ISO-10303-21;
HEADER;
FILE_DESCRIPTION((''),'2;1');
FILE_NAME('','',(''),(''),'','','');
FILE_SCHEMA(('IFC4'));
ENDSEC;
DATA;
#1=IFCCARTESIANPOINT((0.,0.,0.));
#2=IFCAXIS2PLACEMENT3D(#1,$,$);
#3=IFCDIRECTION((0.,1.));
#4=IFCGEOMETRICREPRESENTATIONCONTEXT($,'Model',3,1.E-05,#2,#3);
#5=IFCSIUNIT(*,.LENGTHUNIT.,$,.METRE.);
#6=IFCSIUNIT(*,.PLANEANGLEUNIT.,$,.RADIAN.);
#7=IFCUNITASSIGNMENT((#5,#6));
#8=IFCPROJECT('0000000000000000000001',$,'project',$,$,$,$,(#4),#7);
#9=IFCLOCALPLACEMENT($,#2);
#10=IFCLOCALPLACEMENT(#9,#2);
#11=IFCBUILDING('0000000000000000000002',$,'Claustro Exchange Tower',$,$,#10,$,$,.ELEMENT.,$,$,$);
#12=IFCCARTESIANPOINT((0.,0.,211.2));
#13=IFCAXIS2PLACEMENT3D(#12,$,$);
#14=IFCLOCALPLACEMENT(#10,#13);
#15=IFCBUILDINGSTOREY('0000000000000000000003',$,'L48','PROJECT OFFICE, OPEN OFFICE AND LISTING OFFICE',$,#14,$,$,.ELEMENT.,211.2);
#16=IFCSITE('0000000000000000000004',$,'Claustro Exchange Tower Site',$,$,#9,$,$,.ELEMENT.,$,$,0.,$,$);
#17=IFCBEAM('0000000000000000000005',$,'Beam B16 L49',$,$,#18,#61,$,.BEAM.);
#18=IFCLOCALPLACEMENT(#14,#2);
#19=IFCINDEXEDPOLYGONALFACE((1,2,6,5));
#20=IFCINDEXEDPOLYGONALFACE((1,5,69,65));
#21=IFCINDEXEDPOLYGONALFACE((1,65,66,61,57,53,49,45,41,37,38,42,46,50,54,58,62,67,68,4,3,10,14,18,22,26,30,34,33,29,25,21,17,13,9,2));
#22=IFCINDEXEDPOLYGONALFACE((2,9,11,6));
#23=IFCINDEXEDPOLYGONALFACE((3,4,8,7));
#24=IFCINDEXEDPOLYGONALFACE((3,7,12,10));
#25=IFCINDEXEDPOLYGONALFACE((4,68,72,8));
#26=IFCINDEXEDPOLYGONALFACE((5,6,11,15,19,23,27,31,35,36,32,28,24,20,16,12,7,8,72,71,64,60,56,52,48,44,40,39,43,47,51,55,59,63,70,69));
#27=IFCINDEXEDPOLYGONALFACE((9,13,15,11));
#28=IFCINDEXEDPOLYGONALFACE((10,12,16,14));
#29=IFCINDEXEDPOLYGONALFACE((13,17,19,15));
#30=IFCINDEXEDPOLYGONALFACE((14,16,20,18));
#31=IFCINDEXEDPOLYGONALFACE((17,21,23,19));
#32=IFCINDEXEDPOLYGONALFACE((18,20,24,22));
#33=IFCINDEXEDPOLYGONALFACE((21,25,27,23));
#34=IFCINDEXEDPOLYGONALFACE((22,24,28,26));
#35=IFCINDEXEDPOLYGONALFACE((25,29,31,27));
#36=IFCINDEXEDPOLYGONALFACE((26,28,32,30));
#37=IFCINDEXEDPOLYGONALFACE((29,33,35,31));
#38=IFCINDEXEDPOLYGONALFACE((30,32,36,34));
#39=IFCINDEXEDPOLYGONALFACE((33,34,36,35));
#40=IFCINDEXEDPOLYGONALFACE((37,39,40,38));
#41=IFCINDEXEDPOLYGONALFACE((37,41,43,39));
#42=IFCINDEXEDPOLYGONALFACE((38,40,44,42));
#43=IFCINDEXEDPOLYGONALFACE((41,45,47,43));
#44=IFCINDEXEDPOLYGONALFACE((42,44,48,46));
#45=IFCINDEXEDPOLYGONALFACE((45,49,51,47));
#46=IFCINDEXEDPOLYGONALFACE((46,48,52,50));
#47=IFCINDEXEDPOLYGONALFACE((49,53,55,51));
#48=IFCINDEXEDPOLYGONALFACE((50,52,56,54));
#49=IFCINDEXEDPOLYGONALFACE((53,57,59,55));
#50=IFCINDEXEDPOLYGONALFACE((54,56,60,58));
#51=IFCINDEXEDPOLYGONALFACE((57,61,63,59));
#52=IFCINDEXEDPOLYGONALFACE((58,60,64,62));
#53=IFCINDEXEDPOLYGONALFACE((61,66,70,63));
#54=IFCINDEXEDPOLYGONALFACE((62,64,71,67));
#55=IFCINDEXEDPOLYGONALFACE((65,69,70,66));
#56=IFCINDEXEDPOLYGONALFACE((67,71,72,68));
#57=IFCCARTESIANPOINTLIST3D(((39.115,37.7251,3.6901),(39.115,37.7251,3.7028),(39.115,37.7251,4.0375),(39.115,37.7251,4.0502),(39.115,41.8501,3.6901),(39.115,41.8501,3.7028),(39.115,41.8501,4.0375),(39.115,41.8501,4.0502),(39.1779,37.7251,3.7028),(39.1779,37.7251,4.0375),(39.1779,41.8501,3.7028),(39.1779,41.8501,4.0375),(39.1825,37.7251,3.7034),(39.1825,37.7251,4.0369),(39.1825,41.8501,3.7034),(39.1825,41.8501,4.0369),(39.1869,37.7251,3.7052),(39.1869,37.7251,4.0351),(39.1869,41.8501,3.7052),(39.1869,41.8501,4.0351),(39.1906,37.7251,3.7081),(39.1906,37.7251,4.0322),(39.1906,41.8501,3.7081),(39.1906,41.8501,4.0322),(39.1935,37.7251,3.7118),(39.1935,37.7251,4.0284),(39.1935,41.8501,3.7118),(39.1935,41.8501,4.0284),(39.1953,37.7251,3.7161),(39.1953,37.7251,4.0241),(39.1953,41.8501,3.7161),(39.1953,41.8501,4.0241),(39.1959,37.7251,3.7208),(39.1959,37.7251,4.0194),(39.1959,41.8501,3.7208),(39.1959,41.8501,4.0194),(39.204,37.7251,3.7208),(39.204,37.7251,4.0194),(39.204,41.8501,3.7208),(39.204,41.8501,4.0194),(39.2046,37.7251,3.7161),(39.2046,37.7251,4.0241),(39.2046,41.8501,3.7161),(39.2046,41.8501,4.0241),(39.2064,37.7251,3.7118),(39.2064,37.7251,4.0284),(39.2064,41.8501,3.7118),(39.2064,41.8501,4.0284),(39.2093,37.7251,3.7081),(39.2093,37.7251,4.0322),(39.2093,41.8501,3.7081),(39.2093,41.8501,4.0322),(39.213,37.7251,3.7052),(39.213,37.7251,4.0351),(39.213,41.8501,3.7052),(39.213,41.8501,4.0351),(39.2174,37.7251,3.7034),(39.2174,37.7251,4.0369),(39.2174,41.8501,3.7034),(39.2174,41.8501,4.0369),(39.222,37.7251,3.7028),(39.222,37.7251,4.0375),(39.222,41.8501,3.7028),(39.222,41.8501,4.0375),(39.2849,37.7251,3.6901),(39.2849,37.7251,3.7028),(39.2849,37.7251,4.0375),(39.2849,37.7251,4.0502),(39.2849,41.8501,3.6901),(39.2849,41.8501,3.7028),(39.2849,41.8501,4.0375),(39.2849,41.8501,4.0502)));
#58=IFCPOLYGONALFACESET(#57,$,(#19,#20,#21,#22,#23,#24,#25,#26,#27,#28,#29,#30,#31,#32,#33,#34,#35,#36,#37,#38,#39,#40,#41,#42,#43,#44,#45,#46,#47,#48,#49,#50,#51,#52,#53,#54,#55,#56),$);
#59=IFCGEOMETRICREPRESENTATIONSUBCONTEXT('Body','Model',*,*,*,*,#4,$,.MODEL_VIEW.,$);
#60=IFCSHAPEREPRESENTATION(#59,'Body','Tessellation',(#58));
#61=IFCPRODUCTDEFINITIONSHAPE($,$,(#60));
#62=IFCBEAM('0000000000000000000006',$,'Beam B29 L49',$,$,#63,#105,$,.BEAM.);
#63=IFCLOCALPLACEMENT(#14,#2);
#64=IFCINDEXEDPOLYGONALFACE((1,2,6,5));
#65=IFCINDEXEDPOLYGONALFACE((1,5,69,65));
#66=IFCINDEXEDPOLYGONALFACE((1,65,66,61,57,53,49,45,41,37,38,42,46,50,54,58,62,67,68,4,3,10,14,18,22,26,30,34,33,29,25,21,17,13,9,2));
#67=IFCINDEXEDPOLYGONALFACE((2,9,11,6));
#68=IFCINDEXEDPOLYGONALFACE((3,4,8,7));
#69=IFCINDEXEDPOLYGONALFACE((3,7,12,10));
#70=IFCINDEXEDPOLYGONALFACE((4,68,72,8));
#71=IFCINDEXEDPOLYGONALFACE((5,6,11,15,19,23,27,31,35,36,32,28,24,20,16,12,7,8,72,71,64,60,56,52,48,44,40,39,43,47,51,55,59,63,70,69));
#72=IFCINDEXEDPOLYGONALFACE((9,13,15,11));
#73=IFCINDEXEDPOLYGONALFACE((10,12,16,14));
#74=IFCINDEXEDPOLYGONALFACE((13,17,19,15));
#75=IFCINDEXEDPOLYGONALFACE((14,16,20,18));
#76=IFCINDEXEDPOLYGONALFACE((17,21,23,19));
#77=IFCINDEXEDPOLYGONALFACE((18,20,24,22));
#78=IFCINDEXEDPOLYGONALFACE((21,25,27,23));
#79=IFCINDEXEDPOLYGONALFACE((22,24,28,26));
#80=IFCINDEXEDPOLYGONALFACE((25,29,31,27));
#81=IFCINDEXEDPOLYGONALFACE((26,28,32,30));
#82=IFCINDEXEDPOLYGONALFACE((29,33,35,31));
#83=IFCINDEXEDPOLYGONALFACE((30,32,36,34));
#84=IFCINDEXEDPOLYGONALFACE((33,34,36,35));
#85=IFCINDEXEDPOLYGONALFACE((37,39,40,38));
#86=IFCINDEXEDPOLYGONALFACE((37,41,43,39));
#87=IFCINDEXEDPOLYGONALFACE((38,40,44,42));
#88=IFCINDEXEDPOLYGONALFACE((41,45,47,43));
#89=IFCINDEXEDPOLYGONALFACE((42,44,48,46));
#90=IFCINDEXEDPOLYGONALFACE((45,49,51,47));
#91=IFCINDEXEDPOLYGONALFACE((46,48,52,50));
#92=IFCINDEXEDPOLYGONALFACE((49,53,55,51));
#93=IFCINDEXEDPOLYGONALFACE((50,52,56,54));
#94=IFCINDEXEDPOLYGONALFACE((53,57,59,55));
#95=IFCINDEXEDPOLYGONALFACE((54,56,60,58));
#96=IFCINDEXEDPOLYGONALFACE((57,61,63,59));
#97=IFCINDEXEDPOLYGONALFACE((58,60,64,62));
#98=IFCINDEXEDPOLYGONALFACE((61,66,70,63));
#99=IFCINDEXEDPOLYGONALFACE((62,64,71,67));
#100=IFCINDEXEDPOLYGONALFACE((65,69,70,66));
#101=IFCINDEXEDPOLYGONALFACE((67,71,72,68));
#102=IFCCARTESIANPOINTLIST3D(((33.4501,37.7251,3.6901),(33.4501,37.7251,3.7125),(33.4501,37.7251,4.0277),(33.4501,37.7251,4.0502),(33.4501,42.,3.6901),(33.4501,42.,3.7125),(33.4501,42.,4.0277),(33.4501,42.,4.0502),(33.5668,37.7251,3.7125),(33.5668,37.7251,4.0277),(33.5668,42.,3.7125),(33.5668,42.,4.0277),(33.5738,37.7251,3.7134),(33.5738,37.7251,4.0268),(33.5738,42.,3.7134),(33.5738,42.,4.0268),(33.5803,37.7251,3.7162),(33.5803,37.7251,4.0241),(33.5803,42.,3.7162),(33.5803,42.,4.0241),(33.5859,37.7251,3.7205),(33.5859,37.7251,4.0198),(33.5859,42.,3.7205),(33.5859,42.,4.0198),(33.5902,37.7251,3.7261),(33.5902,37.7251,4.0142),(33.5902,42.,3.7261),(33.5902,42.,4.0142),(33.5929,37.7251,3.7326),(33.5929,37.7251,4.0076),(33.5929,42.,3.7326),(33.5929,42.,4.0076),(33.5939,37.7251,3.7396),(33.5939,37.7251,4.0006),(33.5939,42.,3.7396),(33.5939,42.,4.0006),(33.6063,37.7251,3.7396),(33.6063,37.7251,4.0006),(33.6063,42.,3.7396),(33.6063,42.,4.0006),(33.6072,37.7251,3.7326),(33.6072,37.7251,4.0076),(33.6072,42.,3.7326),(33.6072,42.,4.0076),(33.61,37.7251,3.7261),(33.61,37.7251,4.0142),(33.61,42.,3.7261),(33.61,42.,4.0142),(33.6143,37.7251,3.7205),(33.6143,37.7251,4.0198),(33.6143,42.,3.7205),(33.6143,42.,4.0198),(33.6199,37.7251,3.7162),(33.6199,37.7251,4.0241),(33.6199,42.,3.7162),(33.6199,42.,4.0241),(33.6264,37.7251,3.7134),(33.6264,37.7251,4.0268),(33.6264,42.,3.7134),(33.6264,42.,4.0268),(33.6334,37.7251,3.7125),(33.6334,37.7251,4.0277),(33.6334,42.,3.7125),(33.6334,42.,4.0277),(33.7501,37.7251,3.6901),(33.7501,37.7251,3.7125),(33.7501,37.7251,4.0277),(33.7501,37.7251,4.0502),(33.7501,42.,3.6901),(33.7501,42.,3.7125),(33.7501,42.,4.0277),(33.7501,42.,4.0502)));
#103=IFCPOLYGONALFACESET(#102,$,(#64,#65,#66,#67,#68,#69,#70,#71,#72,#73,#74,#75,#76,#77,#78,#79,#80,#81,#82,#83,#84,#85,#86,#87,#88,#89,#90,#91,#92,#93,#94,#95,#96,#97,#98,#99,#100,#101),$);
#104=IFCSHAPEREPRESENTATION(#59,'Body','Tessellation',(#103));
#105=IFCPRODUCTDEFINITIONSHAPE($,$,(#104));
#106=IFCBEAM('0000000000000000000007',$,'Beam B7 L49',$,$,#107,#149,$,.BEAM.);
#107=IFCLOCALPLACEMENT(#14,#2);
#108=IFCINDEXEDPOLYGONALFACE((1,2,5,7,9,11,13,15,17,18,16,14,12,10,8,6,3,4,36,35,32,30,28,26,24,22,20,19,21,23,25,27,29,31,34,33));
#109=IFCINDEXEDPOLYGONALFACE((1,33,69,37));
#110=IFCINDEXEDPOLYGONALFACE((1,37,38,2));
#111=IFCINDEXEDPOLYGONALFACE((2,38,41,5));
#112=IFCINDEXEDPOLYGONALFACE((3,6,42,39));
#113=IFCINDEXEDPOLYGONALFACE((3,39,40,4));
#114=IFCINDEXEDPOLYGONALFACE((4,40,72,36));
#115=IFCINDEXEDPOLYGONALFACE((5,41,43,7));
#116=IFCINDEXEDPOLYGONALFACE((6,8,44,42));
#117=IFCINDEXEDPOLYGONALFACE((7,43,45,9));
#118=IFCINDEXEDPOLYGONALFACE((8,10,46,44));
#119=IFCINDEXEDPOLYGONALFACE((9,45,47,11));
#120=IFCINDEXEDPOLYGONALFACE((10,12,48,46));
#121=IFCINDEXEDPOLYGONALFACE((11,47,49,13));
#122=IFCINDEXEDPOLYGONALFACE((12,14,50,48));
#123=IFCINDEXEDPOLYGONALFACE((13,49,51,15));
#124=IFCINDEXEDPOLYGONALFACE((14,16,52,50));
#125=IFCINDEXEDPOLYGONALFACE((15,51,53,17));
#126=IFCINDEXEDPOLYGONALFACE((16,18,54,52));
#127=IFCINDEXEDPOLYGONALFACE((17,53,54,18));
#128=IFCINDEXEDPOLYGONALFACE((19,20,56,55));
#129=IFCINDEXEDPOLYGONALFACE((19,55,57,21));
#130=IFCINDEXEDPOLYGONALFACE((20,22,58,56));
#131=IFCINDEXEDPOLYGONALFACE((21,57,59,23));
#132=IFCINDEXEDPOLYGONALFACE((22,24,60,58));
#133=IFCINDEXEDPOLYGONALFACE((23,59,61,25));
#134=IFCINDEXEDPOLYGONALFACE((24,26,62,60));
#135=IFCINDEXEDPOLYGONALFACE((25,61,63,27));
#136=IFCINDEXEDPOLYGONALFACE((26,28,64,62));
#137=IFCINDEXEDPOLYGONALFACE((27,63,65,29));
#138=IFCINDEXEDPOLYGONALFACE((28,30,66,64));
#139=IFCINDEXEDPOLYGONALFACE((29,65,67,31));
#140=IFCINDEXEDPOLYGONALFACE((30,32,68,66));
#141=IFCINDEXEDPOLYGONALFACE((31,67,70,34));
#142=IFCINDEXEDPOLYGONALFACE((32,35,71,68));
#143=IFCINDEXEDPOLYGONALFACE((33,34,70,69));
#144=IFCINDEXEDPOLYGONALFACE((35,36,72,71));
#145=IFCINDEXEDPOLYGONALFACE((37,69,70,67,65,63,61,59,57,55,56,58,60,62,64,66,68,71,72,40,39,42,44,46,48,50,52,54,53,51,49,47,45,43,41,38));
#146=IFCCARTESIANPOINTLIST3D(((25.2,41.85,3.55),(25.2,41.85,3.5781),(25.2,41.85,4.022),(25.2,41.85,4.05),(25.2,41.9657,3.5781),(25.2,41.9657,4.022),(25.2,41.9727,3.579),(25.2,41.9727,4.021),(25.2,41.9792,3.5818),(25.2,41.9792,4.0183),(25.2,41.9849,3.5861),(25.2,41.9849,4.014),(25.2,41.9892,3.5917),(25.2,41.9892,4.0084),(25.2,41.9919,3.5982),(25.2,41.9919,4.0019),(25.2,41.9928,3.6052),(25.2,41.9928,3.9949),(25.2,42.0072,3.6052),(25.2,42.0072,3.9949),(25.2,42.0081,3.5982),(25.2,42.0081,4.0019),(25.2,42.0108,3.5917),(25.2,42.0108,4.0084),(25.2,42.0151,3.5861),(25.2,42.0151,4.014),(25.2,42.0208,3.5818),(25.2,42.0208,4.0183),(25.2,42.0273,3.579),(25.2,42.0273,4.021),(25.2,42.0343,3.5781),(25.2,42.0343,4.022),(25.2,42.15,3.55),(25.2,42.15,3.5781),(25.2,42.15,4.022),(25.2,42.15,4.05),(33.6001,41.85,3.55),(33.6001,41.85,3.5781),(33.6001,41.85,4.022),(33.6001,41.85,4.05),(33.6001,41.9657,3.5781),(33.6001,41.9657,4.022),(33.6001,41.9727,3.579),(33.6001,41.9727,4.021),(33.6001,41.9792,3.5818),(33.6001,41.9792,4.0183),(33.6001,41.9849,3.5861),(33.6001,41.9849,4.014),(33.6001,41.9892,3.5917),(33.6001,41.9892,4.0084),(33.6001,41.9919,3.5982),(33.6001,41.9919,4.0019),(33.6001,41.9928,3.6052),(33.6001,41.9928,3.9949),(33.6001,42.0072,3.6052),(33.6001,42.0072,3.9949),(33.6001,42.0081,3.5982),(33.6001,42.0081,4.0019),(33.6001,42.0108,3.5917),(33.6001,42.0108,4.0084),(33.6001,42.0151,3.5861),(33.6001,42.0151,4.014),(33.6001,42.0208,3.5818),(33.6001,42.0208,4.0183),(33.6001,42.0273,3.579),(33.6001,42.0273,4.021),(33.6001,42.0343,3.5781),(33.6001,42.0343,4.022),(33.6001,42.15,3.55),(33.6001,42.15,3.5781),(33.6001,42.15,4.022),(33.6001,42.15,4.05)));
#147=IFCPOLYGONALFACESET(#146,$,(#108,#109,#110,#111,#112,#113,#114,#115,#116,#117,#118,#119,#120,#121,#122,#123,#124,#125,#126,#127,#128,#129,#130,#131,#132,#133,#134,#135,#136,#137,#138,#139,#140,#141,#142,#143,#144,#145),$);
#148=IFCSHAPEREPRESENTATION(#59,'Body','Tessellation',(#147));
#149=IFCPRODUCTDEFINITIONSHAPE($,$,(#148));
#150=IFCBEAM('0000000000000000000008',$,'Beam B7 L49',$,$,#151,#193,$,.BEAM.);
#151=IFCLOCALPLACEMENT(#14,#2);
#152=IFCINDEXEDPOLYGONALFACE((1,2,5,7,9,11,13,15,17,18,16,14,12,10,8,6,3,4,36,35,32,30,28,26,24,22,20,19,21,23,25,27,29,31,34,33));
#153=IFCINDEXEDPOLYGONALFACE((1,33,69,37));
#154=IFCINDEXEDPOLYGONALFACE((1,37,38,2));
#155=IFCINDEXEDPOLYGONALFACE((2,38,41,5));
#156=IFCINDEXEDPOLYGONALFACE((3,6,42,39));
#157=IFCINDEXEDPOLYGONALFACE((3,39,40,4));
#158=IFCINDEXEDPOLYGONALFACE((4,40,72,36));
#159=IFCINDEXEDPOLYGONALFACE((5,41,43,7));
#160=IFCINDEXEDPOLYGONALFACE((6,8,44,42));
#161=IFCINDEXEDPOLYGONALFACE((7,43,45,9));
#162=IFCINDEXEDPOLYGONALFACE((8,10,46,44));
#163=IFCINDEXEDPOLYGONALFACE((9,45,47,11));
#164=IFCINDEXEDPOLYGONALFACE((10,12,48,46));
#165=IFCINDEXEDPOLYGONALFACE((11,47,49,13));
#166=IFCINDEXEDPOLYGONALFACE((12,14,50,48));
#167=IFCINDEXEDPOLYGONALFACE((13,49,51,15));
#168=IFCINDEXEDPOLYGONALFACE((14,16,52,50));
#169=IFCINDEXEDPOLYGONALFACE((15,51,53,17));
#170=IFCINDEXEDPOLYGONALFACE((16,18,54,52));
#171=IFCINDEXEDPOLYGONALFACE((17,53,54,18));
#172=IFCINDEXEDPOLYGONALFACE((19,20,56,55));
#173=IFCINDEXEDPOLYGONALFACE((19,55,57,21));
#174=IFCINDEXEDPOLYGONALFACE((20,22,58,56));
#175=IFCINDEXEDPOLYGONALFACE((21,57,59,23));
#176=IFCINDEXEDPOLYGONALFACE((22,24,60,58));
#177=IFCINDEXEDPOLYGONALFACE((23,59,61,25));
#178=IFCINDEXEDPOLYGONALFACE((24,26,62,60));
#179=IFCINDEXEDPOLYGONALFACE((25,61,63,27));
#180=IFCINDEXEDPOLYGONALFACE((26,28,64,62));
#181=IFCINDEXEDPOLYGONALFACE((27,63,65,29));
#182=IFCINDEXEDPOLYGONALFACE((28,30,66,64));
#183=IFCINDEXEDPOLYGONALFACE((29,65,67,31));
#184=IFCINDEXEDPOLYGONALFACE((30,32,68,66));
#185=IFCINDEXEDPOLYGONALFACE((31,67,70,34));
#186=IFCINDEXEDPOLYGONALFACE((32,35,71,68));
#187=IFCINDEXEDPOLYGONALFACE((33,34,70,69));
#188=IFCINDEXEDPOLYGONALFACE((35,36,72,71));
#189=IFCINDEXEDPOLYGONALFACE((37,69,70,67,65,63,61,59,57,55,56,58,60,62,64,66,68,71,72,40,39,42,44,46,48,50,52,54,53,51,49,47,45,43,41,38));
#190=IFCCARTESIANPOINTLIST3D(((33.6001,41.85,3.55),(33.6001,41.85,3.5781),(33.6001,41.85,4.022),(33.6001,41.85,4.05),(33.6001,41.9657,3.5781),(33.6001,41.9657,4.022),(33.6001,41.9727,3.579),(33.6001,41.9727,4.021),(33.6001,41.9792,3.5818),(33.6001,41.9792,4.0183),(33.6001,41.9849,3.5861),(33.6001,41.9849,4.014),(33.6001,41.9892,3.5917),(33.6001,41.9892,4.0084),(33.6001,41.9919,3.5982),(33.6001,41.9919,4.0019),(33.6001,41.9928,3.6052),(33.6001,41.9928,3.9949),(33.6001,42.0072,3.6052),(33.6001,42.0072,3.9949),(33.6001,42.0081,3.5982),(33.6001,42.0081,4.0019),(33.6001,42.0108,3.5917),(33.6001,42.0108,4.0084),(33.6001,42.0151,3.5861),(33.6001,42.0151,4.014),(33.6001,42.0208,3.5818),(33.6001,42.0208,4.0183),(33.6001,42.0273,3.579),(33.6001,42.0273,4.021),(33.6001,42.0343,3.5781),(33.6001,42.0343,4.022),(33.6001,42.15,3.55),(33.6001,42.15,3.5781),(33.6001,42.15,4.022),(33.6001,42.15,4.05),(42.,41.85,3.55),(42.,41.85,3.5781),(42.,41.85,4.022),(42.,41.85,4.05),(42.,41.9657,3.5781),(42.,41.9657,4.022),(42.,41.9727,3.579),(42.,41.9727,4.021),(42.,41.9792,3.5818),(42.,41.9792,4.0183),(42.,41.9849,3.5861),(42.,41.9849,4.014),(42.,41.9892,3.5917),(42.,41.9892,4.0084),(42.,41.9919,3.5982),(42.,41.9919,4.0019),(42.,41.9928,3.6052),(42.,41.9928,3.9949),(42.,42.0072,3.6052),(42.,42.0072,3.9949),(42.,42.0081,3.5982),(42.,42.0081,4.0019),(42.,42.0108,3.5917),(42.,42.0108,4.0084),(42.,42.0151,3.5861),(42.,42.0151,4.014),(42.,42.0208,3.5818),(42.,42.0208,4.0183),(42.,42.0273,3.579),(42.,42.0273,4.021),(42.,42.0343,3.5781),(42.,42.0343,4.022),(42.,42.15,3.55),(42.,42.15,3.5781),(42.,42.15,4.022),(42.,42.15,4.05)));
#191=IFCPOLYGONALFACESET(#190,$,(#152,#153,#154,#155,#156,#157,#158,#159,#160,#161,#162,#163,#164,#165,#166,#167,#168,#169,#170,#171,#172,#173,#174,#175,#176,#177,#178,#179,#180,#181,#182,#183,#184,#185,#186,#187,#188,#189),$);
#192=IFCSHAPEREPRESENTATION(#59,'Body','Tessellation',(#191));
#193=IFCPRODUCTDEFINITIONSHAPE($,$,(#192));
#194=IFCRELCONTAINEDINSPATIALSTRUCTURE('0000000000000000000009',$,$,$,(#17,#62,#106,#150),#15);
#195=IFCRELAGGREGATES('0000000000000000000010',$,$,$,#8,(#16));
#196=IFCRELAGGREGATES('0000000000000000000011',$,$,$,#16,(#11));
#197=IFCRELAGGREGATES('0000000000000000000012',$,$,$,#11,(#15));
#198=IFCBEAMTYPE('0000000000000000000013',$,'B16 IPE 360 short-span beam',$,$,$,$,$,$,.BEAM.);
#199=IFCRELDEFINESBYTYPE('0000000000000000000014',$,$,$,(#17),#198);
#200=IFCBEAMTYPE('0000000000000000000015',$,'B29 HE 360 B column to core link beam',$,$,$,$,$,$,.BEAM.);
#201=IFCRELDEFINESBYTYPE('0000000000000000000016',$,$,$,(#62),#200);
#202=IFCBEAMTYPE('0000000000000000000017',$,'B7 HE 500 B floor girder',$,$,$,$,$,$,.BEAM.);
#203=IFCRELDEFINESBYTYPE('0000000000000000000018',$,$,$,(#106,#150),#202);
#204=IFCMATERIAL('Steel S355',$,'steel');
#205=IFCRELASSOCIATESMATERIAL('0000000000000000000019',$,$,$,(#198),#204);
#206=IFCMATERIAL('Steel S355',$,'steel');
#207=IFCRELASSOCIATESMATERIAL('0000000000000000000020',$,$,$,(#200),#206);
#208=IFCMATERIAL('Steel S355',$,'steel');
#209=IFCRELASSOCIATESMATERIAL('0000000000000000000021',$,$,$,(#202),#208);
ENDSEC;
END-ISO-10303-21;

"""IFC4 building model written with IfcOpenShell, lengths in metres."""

from ifc_helpers import new_model, si_unit, direction, frame, origin, origin_2d, place, context, subcontext, project, spatial, i_section, extrude, material, material_profile, profile_set, type_object, element, save


model = new_model("IFC4")

# Units and contexts
model_context = context("Model", 3, precision=1e-05, world=origin(), true_north=direction((0.0, 1.0)))
body_context = subcontext(model_context, "Body", "Model", "MODEL_VIEW")
ifc_project = project(units=[si_unit("LENGTHUNIT", "METRE"), si_unit("PLANEANGLEUNIT", "RADIAN")], contexts=[model_context])

# Site, building, storey
site_placement = place(None, origin())
site = spatial("IfcSite", under=ifc_project, at=site_placement, Name="Claustro Exchange Tower Site", CompositionType="ELEMENT", RefElevation=0.0)
building_placement = place(site_placement, origin())
building = spatial("IfcBuilding", under=site, at=building_placement, Name="Claustro Exchange Tower", CompositionType="ELEMENT")
storey_placement = place(building_placement, frame((0.0, 0.0, 211.2)))
storey = spatial("IfcBuildingStorey", under=building, at=storey_placement, Name="L48", Description="PROJECT OFFICE, OPEN OFFICE AND LISTING OFFICE", CompositionType="ELEMENT", Elevation=211.2)

# Beams
ifc_material_1 = material(Name="Steel S355", Category="steel")
ifc_material_profile_1 = material_profile(ifc_material_1, i_section(OverallWidth=0.1699, OverallDepth=0.3601, WebThickness=0.0081, FlangeThickness=0.0127, FilletRadius=0.0181, at=origin_2d()), Name="IPE 360")
ifc_profile_set_1 = profile_set([ifc_material_profile_1], Name="Steel S355")
beam_type_1 = type_object("IfcBeamType", Name="B16 IPE 360 short-span beam", PredefinedType="BEAM", material=ifc_profile_set_1)
for number, where, z_axis, x_axis, name in (
    (1, (39.2, 37.7251, 3.8701), (0.0, 1.0, 0.0), (-1.0, 0.0, 0.0), "Beam B16 L49"),
):
    element("IfcBeam", number, at=place(storey_placement, frame(where, z_axis=z_axis, x_axis=x_axis)), inside=storey, type_object=beam_type_1, Name=name, PredefinedType="BEAM", context=body_context, shape_type="SweptSolid", body=[
        extrude(i_section(OverallWidth=0.1699, OverallDepth=0.3601, WebThickness=0.0081, FlangeThickness=0.0127, FilletRadius=0.0181, at=origin_2d()), origin(), (0.0, 0.0, 1.0), 4.125),
    ])
ifc_material_2 = material(Name="Steel S355", Category="steel")
ifc_material_profile_2 = material_profile(ifc_material_2, i_section(OverallWidth=0.3, OverallDepth=0.3601, WebThickness=0.0125, FlangeThickness=0.0225, FilletRadius=0.0271, at=origin_2d()), Name="HE 360 B")
ifc_profile_set_2 = profile_set([ifc_material_profile_2], Name="Steel S355")
beam_type_2 = type_object("IfcBeamType", Name="B29 HE 360 B column to core link beam", PredefinedType="BEAM", material=ifc_profile_set_2)
beam_1_placement = place(storey_placement, frame((33.6001, 37.7251, 3.8701), z_axis=(0.0, 1.0, 0.0), x_axis=(-1.0, 0.0, 0.0)))
element("IfcBeam", 2, at=beam_1_placement, inside=storey, type_object=beam_type_2, Name="Beam B29 L49", PredefinedType="BEAM", context=body_context, shape_type="SweptSolid", body=[
    extrude(i_section(OverallWidth=0.3, OverallDepth=0.3601, WebThickness=0.0125, FlangeThickness=0.0225, FilletRadius=0.0271, at=origin_2d()), origin(), (0.0, 0.0, 1.0), 4.2749),
])
ifc_material_3 = material(Name="Steel S355", Category="steel")
ifc_material_profile_3 = material_profile(ifc_material_3, i_section(OverallWidth=0.3, OverallDepth=0.5, WebThickness=0.0144, FlangeThickness=0.0281, FilletRadius=0.0271, at=origin_2d()), Name="HE 500 B")
ifc_profile_set_3 = profile_set([ifc_material_profile_3], Name="Steel S355")
beam_type_3 = type_object("IfcBeamType", Name="B7 HE 500 B floor girder", PredefinedType="BEAM", material=ifc_profile_set_3)
beam_2_placement = place(storey_placement, frame((25.2, 42.0, 3.8), z_axis=(1.0, 0.0, 0.0), x_axis=(0.0, 1.0, 0.0)))
element("IfcBeam", 3, at=beam_2_placement, inside=storey, type_object=beam_type_3, Name="Beam B7 L49", PredefinedType="BEAM", context=body_context, shape_type="SweptSolid", body=[
    extrude(i_section(OverallWidth=0.3, OverallDepth=0.5, WebThickness=0.0144, FlangeThickness=0.0281, FilletRadius=0.0271, at=origin_2d()), origin(), (0.0, 0.0, 1.0), 8.4001),
])
beam_3_placement = place(storey_placement, frame((33.6001, 42.0, 3.8), z_axis=(1.0, 0.0, 0.0), x_axis=(0.0, 1.0, 0.0)))
element("IfcBeam", 4, at=beam_3_placement, inside=storey, type_object=beam_type_3, Name="Beam B7 L49", PredefinedType="BEAM", context=body_context, shape_type="SweptSolid", body=[
    extrude(i_section(OverallWidth=0.3, OverallDepth=0.5, WebThickness=0.0144, FlangeThickness=0.0281, FilletRadius=0.0271, at=origin_2d()), origin(), (0.0, 0.0, 1.0), 8.3999),
])

save(model, "model.ifc")
